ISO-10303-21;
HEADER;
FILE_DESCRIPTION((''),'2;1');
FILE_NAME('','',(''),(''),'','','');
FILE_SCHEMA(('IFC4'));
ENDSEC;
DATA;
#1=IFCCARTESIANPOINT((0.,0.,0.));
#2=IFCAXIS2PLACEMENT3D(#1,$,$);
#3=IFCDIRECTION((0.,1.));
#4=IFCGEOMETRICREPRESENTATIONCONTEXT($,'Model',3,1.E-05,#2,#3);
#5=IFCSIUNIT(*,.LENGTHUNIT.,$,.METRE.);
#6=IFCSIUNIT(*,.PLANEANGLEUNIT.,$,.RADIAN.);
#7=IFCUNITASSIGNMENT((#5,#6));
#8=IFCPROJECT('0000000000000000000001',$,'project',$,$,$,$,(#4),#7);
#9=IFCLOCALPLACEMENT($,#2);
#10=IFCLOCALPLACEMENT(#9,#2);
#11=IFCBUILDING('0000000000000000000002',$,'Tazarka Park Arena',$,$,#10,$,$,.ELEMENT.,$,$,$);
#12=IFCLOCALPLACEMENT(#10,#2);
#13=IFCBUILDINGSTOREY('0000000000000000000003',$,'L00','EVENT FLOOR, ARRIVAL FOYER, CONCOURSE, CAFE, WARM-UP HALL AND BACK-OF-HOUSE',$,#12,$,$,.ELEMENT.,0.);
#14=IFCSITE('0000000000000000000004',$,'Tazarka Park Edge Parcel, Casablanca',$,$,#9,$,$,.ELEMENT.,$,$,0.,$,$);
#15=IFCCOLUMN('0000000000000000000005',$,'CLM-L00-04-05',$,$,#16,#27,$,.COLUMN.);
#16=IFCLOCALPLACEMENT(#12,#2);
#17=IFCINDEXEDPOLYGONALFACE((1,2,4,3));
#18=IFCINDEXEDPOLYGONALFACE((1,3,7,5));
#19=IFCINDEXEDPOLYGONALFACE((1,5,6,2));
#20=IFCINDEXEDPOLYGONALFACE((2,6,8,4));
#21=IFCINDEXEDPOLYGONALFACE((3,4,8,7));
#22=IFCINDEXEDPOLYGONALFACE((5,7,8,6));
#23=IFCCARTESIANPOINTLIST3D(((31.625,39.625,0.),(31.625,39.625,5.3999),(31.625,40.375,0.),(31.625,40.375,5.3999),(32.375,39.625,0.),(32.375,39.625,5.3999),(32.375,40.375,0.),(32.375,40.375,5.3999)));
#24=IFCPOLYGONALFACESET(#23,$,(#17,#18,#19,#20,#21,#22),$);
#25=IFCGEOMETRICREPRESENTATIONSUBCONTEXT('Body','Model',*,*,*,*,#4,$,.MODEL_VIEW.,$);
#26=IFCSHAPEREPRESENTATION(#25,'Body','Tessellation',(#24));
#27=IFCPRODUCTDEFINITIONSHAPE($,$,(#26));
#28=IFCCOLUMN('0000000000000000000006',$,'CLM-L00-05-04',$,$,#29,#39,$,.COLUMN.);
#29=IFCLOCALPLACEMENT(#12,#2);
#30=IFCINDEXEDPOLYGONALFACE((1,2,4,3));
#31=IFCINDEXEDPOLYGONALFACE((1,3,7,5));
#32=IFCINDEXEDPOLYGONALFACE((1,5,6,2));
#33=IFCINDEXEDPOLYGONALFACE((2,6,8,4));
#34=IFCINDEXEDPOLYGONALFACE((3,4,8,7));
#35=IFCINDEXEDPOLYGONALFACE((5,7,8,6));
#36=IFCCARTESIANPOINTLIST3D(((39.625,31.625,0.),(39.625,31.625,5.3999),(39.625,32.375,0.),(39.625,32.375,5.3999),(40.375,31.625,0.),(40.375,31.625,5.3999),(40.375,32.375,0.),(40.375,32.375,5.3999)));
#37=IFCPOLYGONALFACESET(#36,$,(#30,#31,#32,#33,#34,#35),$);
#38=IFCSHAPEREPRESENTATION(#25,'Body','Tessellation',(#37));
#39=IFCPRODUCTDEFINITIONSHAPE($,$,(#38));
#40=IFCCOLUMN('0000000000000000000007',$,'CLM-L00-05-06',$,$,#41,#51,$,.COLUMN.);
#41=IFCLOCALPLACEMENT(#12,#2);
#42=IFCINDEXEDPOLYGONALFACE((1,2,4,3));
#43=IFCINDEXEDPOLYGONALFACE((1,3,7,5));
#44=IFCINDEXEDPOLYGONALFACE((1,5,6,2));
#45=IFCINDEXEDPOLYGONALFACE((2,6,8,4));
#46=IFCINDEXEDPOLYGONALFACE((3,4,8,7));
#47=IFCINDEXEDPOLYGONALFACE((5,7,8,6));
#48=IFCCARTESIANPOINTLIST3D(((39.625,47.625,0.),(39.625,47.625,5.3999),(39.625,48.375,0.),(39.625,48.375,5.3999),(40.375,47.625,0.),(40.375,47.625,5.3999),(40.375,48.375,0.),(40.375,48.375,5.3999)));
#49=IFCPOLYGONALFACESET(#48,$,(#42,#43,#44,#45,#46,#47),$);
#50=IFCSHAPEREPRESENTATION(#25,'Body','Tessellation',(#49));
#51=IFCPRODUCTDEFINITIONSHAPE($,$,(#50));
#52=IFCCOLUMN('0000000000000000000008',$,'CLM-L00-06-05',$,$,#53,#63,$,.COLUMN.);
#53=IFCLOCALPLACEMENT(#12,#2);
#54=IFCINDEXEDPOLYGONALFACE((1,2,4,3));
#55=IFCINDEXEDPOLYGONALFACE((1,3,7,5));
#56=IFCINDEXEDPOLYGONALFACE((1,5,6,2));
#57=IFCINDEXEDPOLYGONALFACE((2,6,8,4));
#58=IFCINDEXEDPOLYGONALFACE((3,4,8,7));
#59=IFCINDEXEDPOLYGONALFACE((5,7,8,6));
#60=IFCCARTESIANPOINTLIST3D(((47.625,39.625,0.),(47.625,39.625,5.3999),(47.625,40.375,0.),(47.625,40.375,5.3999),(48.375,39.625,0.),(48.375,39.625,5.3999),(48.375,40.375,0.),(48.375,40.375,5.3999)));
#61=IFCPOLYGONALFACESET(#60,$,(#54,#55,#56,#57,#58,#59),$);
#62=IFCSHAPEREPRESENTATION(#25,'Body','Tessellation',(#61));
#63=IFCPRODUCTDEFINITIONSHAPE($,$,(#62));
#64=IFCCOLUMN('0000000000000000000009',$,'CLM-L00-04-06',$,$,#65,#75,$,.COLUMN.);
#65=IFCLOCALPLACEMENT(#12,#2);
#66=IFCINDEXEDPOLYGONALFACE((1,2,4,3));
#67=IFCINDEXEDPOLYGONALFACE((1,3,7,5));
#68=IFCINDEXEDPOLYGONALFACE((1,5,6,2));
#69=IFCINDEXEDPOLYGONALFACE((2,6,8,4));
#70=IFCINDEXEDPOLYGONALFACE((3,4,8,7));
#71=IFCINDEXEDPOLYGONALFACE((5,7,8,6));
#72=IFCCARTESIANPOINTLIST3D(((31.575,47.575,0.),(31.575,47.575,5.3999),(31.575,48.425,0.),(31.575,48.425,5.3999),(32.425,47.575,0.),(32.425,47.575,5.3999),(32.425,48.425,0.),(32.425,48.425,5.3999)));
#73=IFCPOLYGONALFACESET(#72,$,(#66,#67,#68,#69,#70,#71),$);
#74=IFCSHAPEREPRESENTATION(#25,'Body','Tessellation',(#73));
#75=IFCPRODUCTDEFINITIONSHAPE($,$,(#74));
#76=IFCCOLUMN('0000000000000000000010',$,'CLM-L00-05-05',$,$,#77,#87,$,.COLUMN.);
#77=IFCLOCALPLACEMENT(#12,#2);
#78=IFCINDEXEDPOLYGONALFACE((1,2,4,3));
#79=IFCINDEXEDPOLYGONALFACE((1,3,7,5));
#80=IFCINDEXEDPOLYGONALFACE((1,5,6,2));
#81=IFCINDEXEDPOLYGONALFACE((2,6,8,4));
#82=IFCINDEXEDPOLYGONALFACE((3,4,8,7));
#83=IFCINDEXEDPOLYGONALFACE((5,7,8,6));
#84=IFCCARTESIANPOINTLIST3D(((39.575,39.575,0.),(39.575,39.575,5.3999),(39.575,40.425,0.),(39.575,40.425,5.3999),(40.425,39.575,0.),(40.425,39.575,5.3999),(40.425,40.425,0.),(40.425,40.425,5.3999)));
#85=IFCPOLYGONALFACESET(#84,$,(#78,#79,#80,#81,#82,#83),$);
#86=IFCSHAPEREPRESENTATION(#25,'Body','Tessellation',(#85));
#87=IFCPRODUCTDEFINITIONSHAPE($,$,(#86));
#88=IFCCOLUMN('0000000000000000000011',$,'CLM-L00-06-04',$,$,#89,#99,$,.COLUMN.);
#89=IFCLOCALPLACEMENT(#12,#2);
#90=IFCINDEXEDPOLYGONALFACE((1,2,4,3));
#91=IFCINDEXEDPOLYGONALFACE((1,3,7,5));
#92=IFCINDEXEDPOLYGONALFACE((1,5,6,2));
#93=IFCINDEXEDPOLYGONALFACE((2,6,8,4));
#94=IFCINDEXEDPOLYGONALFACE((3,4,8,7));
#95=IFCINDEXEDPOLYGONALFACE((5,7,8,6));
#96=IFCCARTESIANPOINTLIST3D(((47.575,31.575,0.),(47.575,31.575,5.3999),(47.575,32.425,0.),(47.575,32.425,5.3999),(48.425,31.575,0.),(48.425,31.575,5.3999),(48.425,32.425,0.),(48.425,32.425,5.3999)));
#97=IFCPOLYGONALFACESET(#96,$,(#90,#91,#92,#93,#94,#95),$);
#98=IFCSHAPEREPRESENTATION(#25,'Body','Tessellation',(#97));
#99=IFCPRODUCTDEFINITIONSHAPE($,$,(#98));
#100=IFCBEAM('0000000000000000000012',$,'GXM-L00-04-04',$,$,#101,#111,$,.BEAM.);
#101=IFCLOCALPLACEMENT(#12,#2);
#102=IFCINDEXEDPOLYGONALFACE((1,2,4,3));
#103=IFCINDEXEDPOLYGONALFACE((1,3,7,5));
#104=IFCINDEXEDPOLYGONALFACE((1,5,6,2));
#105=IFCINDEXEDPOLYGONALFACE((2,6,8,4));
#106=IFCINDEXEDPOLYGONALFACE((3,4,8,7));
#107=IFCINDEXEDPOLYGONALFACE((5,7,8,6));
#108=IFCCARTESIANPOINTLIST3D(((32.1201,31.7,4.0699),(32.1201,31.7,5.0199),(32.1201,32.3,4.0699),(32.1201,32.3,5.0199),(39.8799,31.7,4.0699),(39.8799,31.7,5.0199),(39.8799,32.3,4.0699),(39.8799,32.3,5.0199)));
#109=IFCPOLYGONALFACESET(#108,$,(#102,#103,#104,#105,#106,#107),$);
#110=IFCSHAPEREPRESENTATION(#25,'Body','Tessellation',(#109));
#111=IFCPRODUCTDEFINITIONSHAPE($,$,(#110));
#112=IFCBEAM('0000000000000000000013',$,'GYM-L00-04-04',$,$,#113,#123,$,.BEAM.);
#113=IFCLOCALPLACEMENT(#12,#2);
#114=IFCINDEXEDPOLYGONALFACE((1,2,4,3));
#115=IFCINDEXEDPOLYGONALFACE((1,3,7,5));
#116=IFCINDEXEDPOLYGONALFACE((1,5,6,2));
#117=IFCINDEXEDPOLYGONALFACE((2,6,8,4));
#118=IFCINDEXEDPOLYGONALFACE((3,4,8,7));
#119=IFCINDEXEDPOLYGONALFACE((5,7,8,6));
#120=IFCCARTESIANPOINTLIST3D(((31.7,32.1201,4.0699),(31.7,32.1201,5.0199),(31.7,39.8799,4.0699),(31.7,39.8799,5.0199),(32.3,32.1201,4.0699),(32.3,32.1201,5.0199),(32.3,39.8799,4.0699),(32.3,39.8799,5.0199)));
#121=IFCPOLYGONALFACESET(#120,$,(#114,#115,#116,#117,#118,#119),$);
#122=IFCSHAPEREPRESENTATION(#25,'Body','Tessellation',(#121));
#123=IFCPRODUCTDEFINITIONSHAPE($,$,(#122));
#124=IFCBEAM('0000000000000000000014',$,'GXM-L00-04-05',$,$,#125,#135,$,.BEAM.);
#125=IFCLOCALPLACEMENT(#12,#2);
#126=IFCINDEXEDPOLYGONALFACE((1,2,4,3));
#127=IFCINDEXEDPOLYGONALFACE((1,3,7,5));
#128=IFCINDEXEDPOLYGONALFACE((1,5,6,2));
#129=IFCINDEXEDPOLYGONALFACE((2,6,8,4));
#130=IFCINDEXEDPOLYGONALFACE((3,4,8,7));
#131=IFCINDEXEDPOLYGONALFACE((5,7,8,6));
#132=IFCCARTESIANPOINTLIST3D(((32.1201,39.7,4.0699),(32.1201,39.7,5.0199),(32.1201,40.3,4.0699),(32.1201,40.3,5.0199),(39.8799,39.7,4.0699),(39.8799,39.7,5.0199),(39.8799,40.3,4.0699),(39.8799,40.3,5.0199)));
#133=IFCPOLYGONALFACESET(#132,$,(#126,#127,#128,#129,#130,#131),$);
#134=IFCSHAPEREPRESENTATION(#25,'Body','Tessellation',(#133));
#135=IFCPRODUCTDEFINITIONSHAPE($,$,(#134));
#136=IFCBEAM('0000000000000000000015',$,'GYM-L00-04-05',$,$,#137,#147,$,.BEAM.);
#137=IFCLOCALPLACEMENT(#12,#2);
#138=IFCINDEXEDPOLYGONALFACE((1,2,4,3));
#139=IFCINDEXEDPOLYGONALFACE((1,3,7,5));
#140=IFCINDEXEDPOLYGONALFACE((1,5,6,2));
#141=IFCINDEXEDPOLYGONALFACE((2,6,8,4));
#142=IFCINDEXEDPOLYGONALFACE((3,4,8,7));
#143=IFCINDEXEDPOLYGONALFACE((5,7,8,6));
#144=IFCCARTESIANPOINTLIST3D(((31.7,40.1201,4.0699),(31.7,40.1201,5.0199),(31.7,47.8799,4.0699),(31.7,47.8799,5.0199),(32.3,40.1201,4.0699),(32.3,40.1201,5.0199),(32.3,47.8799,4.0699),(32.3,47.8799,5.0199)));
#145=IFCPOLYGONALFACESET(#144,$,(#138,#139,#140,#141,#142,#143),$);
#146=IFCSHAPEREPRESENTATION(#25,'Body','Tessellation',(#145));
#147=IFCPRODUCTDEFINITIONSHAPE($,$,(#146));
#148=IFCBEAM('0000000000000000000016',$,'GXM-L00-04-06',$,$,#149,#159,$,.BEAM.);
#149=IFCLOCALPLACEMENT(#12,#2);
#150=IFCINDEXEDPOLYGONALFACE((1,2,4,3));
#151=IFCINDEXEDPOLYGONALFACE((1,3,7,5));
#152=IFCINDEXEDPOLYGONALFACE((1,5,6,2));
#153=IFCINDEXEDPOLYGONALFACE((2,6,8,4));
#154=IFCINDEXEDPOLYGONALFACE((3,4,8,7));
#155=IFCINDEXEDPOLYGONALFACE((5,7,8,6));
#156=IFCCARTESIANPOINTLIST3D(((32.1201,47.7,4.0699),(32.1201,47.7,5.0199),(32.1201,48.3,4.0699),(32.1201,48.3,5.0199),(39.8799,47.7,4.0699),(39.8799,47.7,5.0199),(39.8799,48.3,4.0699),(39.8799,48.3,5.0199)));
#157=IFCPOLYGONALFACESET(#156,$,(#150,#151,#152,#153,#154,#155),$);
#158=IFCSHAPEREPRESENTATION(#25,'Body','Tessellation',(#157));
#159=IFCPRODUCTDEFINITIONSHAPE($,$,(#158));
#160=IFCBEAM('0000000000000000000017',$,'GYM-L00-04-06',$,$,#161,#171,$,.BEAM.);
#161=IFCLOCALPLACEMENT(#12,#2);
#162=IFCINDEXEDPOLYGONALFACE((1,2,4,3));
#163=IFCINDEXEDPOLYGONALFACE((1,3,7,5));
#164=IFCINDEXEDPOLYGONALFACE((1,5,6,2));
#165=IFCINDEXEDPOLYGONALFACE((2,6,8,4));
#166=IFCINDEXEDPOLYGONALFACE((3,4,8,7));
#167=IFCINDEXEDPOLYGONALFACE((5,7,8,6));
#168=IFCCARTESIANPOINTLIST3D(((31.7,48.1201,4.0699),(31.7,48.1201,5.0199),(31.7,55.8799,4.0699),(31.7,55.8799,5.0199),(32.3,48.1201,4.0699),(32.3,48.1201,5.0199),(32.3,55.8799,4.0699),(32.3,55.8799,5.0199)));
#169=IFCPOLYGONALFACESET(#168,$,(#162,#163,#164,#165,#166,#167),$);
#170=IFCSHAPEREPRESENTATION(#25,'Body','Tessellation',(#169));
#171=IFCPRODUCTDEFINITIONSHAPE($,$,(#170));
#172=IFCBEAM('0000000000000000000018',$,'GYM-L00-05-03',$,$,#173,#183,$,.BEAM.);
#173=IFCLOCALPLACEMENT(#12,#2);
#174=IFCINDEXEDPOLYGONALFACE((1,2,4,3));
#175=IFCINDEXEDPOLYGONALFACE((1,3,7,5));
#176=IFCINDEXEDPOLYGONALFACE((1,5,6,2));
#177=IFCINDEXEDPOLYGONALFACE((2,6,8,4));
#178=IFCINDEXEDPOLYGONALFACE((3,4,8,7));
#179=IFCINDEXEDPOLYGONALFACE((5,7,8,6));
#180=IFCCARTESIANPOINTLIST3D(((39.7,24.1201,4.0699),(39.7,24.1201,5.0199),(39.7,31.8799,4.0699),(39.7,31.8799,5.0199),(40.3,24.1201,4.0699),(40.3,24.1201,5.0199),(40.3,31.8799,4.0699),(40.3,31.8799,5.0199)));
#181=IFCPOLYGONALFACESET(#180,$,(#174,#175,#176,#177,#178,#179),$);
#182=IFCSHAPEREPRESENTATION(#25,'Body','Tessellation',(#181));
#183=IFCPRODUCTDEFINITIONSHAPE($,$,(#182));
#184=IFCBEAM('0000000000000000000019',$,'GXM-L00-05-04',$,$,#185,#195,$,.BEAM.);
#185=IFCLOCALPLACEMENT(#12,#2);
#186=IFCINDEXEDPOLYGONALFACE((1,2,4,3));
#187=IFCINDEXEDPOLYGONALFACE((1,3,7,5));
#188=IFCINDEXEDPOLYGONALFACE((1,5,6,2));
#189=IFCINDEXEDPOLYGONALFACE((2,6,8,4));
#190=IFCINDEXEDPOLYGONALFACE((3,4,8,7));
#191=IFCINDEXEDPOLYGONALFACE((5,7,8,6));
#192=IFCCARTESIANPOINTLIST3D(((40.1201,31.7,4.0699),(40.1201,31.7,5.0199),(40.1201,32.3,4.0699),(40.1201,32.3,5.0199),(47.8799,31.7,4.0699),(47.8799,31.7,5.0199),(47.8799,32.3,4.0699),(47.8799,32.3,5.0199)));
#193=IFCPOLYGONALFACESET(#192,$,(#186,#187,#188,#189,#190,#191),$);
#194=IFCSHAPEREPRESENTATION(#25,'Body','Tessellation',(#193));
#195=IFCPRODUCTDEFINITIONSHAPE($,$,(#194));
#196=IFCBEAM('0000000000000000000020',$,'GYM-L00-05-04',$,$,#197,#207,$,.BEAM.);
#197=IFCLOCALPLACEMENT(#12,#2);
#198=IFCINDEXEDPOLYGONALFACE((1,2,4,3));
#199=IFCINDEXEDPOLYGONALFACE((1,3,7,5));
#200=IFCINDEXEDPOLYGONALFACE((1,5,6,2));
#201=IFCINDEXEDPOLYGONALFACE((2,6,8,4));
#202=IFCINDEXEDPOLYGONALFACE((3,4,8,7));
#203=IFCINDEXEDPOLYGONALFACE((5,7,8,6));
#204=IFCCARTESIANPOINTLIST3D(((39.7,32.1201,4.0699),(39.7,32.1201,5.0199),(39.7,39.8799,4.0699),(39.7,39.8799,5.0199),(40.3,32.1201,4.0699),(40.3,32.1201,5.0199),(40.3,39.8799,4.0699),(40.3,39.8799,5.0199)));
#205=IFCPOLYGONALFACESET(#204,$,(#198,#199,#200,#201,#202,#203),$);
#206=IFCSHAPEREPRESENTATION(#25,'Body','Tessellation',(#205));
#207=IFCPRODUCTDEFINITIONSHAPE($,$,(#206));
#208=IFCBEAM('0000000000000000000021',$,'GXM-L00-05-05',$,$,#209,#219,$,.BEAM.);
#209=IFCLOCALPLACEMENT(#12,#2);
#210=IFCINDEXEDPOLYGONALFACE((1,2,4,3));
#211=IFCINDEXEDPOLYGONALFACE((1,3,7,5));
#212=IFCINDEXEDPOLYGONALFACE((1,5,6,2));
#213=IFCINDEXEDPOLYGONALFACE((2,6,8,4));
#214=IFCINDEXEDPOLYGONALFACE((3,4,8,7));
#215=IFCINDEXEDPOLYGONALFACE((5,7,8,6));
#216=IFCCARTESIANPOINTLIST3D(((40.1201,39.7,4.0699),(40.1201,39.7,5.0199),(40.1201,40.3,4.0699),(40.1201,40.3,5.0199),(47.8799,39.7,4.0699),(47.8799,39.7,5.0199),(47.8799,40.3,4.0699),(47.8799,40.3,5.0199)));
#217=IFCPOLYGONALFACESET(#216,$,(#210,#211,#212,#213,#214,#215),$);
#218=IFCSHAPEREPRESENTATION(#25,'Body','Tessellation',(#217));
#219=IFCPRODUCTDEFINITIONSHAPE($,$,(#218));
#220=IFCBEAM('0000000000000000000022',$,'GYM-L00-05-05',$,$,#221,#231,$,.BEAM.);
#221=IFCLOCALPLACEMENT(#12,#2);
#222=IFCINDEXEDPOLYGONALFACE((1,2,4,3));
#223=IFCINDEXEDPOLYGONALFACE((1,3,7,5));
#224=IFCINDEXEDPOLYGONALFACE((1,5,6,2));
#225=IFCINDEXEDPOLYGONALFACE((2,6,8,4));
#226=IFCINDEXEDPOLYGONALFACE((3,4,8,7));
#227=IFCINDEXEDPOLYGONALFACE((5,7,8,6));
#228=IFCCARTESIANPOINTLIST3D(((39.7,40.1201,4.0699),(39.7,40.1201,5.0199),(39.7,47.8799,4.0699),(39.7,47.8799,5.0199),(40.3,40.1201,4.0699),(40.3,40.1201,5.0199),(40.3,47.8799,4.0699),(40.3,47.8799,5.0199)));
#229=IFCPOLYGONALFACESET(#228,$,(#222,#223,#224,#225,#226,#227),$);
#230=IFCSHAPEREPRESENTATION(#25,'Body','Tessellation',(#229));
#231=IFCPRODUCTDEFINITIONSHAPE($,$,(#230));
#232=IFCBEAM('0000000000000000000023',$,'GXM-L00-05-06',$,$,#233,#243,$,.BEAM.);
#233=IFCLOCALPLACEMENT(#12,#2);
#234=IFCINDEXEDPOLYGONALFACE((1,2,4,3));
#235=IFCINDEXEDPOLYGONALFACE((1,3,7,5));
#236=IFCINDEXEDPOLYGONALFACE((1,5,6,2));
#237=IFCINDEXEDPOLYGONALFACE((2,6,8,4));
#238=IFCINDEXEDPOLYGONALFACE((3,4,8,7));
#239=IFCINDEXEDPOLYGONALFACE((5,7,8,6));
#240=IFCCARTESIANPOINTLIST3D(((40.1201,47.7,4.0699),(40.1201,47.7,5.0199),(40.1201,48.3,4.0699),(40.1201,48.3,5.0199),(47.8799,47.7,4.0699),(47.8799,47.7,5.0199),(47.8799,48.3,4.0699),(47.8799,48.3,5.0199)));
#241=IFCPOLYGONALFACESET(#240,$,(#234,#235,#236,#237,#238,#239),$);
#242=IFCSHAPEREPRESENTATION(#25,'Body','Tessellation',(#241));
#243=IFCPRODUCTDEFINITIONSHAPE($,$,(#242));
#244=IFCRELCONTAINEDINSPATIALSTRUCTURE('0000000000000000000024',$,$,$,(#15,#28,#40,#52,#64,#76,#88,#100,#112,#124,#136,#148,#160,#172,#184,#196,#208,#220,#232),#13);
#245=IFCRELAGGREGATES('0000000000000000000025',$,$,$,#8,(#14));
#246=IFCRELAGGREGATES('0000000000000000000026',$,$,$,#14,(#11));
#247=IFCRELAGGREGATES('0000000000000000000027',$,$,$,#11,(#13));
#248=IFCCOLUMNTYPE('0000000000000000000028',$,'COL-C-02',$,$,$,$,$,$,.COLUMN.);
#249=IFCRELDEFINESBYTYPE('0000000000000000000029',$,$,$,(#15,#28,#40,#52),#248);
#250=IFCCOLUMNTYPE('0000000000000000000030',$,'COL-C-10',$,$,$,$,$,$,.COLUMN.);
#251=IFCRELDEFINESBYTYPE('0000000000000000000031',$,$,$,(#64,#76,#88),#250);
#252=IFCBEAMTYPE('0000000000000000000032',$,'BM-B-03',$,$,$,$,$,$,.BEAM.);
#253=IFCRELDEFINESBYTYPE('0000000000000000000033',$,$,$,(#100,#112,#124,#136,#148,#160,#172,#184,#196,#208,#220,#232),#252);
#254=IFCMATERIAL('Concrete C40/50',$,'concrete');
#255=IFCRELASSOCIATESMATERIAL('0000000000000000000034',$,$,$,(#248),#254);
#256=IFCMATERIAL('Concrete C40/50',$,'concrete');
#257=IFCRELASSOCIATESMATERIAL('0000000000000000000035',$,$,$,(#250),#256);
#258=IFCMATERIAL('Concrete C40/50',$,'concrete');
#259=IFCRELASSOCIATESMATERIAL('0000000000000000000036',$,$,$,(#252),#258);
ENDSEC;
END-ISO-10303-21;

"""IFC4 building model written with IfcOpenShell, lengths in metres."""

from ifc_helpers import new_model, si_unit, direction, frame, origin, origin_2d, place, context, subcontext, project, spatial, rectangle, extrude, material, material_profile, profile_set, type_object, element, save


model = new_model("IFC4")

# Units and contexts
model_context = context("Model", 3, precision=1e-05, world=origin(), true_north=direction((0.0, 1.0)))
body_context = subcontext(model_context, "Body", "Model", "MODEL_VIEW")
ifc_project = project(units=[si_unit("LENGTHUNIT", "METRE"), si_unit("PLANEANGLEUNIT", "RADIAN")], contexts=[model_context])

# Site, building, storey
site_placement = place(None, origin())
site = spatial("IfcSite", under=ifc_project, at=site_placement, Name="Tazarka Park Edge Parcel, Casablanca", CompositionType="ELEMENT", RefElevation=0.0)
building_placement = place(site_placement, origin())
building = spatial("IfcBuilding", under=site, at=building_placement, Name="Tazarka Park Arena", CompositionType="ELEMENT")
storey_placement = place(building_placement, origin())
storey = spatial("IfcBuildingStorey", under=building, at=storey_placement, Name="L00", Description="EVENT FLOOR, ARRIVAL FOYER, CONCOURSE, CAFE, WARM-UP HALL AND BACK-OF-HOUSE", CompositionType="ELEMENT", Elevation=0.0)

# Columns
ifc_material_1 = material(Name="Concrete C40/50", Category="concrete")
ifc_material_profile_1 = material_profile(ifc_material_1, rectangle(XDim=0.75, YDim=0.75, at=origin_2d()), Name="Concrete C40/50")
ifc_profile_set_1 = profile_set([ifc_material_profile_1], Name="Concrete C40/50")
column_type_1 = type_object("IfcColumnType", Name="COL-C-02", PredefinedType="COLUMN", material=ifc_profile_set_1)
for number, where, z_axis, x_axis, name in (
    (1, (32.0, 40.0, 0.0), (0.0, 0.0, 1.0), (1.0, 0.0, 0.0), "CLM-L00-04-05"),
    (2, (40.0, 32.0, 0.0), (0.0, 0.0, 1.0), (1.0, 0.0, 0.0), "CLM-L00-05-04"),
    (3, (40.0, 48.0, 0.0), (0.0, 0.0, 1.0), (1.0, 0.0, 0.0), "CLM-L00-05-06"),
    (4, (48.0, 40.0, 0.0), (0.0, 0.0, 1.0), (1.0, 0.0, 0.0), "CLM-L00-06-05"),
):
    element("IfcColumn", number, at=place(storey_placement, frame(where, z_axis=z_axis, x_axis=x_axis)), inside=storey, type_object=column_type_1, Name=name, PredefinedType="COLUMN", context=body_context, shape_type="SweptSolid", body=[
        extrude(rectangle(XDim=0.75, YDim=0.75, at=origin_2d()), origin(), (0.0, 0.0, 1.0), 5.3999),
    ])
ifc_material_2 = material(Name="Concrete C40/50", Category="concrete")
ifc_material_profile_2 = material_profile(ifc_material_2, rectangle(XDim=0.8501, YDim=0.8501, at=origin_2d()), Name="Concrete C40/50")
ifc_profile_set_2 = profile_set([ifc_material_profile_2], Name="Concrete C40/50")
column_type_2 = type_object("IfcColumnType", Name="COL-C-10", PredefinedType="COLUMN", material=ifc_profile_set_2)
for number, where, z_axis, x_axis, name in (
    (5, (32.0, 48.0, 0.0), (0.0, 0.0, 1.0), (1.0, 0.0, 0.0), "CLM-L00-04-06"),
    (6, (40.0, 40.0, 0.0), (0.0, 0.0, 1.0), (1.0, 0.0, 0.0), "CLM-L00-05-05"),
    (7, (48.0, 32.0, 0.0), (0.0, 0.0, 1.0), (1.0, 0.0, 0.0), "CLM-L00-06-04"),
):
    element("IfcColumn", number, at=place(storey_placement, frame(where, z_axis=z_axis, x_axis=x_axis)), inside=storey, type_object=column_type_2, Name=name, PredefinedType="COLUMN", context=body_context, shape_type="SweptSolid", body=[
        extrude(rectangle(XDim=0.8501, YDim=0.8501, at=origin_2d()), origin(), (0.0, 0.0, 1.0), 5.3999),
    ])

# Beams
ifc_material_3 = material(Name="Concrete C40/50", Category="concrete")
ifc_material_profile_3 = material_profile(ifc_material_3, rectangle(XDim=0.6001, YDim=0.95, at=origin_2d()), Name="Concrete C40/50")
ifc_profile_set_3 = profile_set([ifc_material_profile_3], Name="Concrete C40/50")
beam_type_1 = type_object("IfcBeamType", Name="BM-B-03", PredefinedType="BEAM", material=ifc_profile_set_3)
for number, where, z_axis, x_axis, name in (
    (8, (32.1201, 32.0, 4.5449), (1.0, 0.0, 0.0), (0.0, 1.0, 0.0), "GXM-L00-04-04"),
    (9, (32.0, 32.1201, 4.5449), (0.0, 1.0, 0.0), (-1.0, 0.0, 0.0), "GYM-L00-04-04"),
    (10, (32.1201, 40.0, 4.5449), (1.0, 0.0, 0.0), (0.0, 1.0, 0.0), "GXM-L00-04-05"),
    (11, (32.0, 40.1201, 4.5449), (0.0, 1.0, 0.0), (-1.0, 0.0, 0.0), "GYM-L00-04-05"),
    (12, (32.1201, 48.0, 4.5449), (1.0, 0.0, 0.0), (0.0, 1.0, 0.0), "GXM-L00-04-06"),
    (13, (32.0, 48.1201, 4.5449), (0.0, 1.0, 0.0), (-1.0, 0.0, 0.0), "GYM-L00-04-06"),
    (14, (40.0, 24.1201, 4.5449), (0.0, 1.0, 0.0), (-1.0, 0.0, 0.0), "GYM-L00-05-03"),
    (15, (40.1201, 32.0, 4.5449), (1.0, 0.0, 0.0), (0.0, 1.0, 0.0), "GXM-L00-05-04"),
    (16, (40.0, 32.1201, 4.5449), (0.0, 1.0, 0.0), (-1.0, 0.0, 0.0), "GYM-L00-05-04"),
    (17, (40.1201, 40.0, 4.5449), (1.0, 0.0, 0.0), (0.0, 1.0, 0.0), "GXM-L00-05-05"),
    (18, (40.0, 40.1201, 4.5449), (0.0, 1.0, 0.0), (-1.0, 0.0, 0.0), "GYM-L00-05-05"),
    (19, (40.1201, 48.0, 4.5449), (1.0, 0.0, 0.0), (0.0, 1.0, 0.0), "GXM-L00-05-06"),
):
    element("IfcBeam", number, at=place(storey_placement, frame(where, z_axis=z_axis, x_axis=x_axis)), inside=storey, type_object=beam_type_1, Name=name, PredefinedType="BEAM", context=body_context, shape_type="SweptSolid", body=[
        extrude(rectangle(XDim=0.6001, YDim=0.95, at=origin_2d()), origin(), (0.0, 0.0, 1.0), 7.7598),
    ])

save(model, "model.ifc")
